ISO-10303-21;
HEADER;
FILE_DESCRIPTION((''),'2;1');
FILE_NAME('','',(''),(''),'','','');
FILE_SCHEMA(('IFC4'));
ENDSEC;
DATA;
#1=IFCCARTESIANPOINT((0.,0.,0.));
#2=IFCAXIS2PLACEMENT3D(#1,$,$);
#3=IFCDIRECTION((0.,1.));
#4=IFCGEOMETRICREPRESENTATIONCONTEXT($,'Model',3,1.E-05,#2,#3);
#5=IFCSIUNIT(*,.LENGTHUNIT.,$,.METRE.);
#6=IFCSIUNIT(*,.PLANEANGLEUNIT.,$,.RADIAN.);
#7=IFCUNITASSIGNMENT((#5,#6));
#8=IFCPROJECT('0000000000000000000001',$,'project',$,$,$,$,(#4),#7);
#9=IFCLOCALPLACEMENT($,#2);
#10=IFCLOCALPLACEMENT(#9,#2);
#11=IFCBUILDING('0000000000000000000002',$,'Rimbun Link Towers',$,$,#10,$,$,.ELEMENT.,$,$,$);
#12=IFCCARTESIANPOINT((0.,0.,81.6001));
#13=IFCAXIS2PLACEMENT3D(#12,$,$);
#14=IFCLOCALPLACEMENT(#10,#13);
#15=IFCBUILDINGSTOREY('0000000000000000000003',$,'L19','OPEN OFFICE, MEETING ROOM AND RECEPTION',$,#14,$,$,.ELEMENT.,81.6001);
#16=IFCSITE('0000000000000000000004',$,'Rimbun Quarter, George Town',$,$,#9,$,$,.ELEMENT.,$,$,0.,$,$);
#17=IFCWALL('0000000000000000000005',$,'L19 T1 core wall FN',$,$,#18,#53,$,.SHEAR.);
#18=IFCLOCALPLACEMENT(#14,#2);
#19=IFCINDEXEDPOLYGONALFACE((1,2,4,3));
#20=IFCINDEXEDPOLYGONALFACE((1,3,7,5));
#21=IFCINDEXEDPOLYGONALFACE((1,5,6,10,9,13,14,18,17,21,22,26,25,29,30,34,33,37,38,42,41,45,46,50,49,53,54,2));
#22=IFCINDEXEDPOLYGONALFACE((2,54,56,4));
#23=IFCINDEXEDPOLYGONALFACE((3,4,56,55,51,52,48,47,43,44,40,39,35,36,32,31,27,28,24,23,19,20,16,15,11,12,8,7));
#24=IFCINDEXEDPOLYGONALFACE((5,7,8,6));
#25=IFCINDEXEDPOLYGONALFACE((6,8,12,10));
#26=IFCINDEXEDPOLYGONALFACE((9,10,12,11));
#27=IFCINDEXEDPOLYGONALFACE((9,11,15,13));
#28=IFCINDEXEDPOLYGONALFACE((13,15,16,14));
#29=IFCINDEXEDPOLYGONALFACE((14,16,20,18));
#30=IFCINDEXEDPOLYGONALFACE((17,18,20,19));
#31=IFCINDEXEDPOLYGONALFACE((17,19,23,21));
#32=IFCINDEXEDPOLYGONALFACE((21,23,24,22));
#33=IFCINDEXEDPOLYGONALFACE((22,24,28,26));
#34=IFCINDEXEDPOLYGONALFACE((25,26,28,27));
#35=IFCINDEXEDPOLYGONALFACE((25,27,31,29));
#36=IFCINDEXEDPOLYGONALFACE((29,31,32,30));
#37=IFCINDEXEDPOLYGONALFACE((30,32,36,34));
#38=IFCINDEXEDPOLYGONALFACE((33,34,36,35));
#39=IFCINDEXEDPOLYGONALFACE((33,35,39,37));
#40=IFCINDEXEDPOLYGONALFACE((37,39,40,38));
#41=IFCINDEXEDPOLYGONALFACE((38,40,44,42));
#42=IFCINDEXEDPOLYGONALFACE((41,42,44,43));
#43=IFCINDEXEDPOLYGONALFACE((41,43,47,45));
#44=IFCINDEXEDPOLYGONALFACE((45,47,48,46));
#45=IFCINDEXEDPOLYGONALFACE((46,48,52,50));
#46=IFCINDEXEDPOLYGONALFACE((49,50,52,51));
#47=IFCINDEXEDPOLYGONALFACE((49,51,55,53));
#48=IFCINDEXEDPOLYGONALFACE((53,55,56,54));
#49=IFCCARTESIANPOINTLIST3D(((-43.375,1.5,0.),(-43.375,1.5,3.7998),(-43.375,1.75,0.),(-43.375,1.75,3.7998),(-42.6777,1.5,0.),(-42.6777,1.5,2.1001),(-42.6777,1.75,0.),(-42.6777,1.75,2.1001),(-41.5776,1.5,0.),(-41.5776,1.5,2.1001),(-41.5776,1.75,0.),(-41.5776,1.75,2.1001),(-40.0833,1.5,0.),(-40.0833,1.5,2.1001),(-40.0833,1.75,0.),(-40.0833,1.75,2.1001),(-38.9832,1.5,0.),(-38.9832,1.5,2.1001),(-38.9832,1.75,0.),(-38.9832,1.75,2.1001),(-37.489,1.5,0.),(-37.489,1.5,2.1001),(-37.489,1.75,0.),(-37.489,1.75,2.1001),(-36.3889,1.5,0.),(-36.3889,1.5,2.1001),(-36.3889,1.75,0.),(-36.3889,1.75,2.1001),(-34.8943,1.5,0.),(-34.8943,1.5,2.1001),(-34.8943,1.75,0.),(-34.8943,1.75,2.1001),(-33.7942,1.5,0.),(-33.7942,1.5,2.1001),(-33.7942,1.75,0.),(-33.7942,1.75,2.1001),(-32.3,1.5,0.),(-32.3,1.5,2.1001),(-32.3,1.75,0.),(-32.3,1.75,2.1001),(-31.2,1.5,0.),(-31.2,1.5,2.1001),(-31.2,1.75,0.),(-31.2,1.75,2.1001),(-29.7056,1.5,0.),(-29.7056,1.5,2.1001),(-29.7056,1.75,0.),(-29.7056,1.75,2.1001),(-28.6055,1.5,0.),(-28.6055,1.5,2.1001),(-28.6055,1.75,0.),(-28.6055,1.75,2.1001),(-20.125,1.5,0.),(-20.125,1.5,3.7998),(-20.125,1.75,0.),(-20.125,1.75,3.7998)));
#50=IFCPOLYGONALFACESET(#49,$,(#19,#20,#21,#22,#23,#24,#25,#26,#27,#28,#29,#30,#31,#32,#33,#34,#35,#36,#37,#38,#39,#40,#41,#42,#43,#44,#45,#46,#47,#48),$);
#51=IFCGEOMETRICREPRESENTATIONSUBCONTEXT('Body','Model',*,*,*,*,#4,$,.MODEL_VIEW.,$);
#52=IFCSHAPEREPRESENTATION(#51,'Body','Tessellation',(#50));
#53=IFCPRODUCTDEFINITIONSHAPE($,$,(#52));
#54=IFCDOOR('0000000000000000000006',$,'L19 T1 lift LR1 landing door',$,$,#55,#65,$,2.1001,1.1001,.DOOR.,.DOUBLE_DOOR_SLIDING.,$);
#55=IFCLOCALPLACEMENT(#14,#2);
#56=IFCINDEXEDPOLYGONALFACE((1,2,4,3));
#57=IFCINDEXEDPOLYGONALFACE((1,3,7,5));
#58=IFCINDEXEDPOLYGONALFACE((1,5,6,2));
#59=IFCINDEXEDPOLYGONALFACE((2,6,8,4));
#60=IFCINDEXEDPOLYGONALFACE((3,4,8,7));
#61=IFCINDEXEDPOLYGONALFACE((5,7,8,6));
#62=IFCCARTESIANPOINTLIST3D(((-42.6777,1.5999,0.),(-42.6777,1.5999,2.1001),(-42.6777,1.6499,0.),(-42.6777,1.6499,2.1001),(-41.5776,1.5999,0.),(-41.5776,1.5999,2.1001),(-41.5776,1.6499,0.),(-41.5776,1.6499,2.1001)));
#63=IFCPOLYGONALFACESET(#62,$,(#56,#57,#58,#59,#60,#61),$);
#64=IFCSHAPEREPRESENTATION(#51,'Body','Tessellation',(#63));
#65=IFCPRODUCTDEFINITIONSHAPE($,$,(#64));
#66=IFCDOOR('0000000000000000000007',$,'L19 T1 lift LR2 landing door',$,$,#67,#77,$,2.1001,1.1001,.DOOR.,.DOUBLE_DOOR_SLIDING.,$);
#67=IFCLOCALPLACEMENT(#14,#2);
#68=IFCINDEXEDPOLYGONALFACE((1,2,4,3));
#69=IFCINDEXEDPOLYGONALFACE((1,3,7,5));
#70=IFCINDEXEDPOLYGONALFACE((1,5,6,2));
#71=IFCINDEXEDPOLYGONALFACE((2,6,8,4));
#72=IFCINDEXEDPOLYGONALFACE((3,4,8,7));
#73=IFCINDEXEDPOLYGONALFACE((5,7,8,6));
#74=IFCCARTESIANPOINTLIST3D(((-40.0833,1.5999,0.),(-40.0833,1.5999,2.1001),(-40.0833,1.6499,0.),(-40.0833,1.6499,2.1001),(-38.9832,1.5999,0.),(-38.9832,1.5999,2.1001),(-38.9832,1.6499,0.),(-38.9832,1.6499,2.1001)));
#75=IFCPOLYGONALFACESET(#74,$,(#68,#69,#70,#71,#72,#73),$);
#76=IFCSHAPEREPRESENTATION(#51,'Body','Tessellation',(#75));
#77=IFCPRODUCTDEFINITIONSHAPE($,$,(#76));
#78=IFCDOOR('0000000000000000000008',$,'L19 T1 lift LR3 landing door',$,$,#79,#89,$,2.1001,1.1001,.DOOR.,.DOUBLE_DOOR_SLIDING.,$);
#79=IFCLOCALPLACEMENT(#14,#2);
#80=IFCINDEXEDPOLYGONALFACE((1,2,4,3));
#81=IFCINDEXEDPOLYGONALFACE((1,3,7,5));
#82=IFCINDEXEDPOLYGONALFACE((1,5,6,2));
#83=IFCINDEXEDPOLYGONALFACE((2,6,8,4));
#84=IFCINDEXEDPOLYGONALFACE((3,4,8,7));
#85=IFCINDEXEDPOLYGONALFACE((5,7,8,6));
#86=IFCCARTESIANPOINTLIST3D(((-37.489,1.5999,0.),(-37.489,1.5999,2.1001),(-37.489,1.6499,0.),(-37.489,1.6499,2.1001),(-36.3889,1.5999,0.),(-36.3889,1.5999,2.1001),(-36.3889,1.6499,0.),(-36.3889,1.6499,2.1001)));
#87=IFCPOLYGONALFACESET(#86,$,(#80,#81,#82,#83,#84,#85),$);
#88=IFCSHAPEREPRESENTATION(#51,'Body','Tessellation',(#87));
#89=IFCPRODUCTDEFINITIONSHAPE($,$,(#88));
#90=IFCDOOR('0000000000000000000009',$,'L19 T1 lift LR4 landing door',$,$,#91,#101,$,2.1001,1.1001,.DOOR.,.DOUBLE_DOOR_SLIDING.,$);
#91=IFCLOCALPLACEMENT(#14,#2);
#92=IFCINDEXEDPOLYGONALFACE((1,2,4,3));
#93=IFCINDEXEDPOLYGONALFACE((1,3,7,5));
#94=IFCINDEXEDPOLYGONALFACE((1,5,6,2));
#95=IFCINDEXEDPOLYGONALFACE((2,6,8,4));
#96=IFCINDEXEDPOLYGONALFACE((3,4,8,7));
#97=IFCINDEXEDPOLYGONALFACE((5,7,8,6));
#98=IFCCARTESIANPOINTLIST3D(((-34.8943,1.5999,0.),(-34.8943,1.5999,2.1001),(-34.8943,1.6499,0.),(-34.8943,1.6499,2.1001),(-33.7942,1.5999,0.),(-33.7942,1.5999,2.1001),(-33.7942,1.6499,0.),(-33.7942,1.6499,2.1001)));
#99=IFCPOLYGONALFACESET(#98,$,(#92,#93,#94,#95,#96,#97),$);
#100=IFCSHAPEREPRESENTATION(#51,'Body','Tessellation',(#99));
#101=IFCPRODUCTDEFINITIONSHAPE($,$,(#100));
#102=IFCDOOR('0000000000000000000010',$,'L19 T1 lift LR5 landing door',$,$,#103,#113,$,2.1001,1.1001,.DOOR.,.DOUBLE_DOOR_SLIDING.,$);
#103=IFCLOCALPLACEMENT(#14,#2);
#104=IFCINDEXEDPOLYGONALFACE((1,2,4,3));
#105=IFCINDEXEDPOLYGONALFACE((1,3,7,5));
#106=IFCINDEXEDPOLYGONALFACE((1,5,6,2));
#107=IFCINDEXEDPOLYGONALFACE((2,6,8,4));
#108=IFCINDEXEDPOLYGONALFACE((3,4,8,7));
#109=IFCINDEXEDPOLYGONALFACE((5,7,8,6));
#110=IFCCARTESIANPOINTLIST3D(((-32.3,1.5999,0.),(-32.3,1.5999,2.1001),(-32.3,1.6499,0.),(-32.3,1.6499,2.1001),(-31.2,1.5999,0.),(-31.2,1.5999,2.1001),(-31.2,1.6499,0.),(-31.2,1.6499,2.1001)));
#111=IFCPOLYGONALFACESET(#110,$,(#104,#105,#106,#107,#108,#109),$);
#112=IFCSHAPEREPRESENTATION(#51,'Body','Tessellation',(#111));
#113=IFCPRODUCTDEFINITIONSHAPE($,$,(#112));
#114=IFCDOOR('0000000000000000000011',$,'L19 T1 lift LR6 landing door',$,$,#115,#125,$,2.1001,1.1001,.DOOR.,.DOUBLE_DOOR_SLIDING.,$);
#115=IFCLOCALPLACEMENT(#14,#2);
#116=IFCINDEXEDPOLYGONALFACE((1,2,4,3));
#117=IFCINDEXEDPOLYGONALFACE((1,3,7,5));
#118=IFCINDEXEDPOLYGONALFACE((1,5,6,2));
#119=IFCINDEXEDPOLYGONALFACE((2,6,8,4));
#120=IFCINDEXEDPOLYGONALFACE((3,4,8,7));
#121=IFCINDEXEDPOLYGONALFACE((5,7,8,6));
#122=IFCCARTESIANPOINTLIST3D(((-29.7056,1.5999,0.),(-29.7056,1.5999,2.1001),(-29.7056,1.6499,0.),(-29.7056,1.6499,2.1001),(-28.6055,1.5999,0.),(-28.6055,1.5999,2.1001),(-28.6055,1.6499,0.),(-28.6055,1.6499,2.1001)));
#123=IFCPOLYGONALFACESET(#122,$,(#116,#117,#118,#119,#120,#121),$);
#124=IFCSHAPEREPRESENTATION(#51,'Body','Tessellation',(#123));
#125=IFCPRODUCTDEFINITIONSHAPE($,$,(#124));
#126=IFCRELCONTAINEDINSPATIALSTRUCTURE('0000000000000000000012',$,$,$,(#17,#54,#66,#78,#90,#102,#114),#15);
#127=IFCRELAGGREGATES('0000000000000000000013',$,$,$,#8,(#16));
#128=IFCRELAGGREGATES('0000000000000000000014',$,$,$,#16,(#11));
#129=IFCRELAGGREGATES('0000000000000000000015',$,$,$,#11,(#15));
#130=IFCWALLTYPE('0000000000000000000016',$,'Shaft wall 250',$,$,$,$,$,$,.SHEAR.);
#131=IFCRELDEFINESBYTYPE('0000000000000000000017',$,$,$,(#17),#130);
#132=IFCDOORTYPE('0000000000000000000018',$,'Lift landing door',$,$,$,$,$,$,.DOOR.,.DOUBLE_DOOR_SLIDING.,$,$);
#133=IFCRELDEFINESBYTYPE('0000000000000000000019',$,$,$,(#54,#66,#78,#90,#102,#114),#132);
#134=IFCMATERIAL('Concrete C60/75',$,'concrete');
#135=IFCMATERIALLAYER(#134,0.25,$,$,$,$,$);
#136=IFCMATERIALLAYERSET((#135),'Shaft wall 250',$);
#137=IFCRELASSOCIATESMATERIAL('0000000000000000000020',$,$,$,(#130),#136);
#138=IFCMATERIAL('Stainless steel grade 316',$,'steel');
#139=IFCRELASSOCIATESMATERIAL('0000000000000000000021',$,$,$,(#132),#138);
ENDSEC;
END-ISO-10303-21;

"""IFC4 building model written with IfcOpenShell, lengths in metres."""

from ifc_helpers import new_model, si_unit, direction, frame, frame_2d, origin, place, context, subcontext, project, spatial, rectangle, extrude, material, layer, layer_set, type_object, element, fill, save


model = new_model("IFC4")

# Units and contexts
model_context = context("Model", 3, precision=1e-05, world=origin(), true_north=direction((0.0, 1.0)))
body_context = subcontext(model_context, "Body", "Model", "MODEL_VIEW")
ifc_project = project(units=[si_unit("LENGTHUNIT", "METRE"), si_unit("PLANEANGLEUNIT", "RADIAN")], contexts=[model_context])

# Site, building, storey
site_placement = place(None, origin())
site = spatial("IfcSite", under=ifc_project, at=site_placement, Name="Rimbun Quarter, George Town", CompositionType="ELEMENT", RefElevation=0.0)
building_placement = place(site_placement, origin())
building = spatial("IfcBuilding", under=site, at=building_placement, Name="Rimbun Link Towers", CompositionType="ELEMENT")
storey_placement = place(building_placement, frame((0.0, 0.0, 81.6001)))
storey = spatial("IfcBuildingStorey", under=building, at=storey_placement, Name="L19", Description="OPEN OFFICE, MEETING ROOM AND RECEPTION", CompositionType="ELEMENT", Elevation=81.6001)

# Shared definitions
ifc_material_1 = material(Name="Concrete C60/75", Category="concrete")
ifc_layer_1 = layer(ifc_material_1, 0.25)
ifc_layer_set_1 = layer_set([ifc_layer_1], Name="Shaft wall 250")
wall_type_1 = type_object("IfcWallType", Name="Shaft wall 250", PredefinedType="SHEAR", material=ifc_layer_set_1)

# Wall, openings, doors
wall_1_placement = place(storey_placement, frame((-43.375, 1.625, 0.0), z_axis=(0.0, 0.0, 1.0), x_axis=(1.0, 0.0, 0.0)))
wall_1 = element("IfcWall", 1, at=wall_1_placement, inside=storey, type_object=wall_type_1, Name="L19 T1 core wall FN", PredefinedType="SHEAR", context=body_context, shape_type="SweptSolid", body=[
    extrude(rectangle(XDim=23.25, YDim=0.25, at=frame_2d((11.625, 0.0))), origin(), (0.0, 0.0, 1.0), 3.7998),
])
opening_1_placement = place(wall_1_placement, frame((0.6973, 0.0, 0.0)))
opening_1 = element("IfcOpeningElement", 2, at=opening_1_placement, cuts=wall_1, PredefinedType="OPENING", context=body_context, shape_type="SweptSolid", body=[
    extrude(rectangle(XDim=1.1001, YDim=2.1001, at=frame_2d((0.55, 1.05))), frame((0.0, 0.135, 0.0), z_axis=(0.0, -1.0, 0.0), x_axis=(1.0, 0.0, 0.0)), (0.0, 0.0, 1.0), 0.27),
])
opening_2_placement = place(wall_1_placement, frame((3.2917, 0.0, 0.0)))
opening_2 = element("IfcOpeningElement", 3, at=opening_2_placement, cuts=wall_1, PredefinedType="OPENING", context=body_context, shape_type="SweptSolid", body=[
    extrude(rectangle(XDim=1.1001, YDim=2.1001, at=frame_2d((0.55, 1.05))), frame((0.0, 0.135, 0.0), z_axis=(0.0, -1.0, 0.0), x_axis=(1.0, 0.0, 0.0)), (0.0, 0.0, 1.0), 0.27),
])
opening_3_placement = place(wall_1_placement, frame((5.886, 0.0, 0.0)))
opening_3 = element("IfcOpeningElement", 4, at=opening_3_placement, cuts=wall_1, PredefinedType="OPENING", context=body_context, shape_type="SweptSolid", body=[
    extrude(rectangle(XDim=1.1001, YDim=2.1001, at=frame_2d((0.55, 1.05))), frame((0.0, 0.135, 0.0), z_axis=(0.0, -1.0, 0.0), x_axis=(1.0, 0.0, 0.0)), (0.0, 0.0, 1.0), 0.27),
])
opening_4_placement = place(wall_1_placement, frame((8.4807, 0.0, 0.0)))
opening_4 = element("IfcOpeningElement", 5, at=opening_4_placement, cuts=wall_1, PredefinedType="OPENING", context=body_context, shape_type="SweptSolid", body=[
    extrude(rectangle(XDim=1.1001, YDim=2.1001, at=frame_2d((0.55, 1.05))), frame((0.0, 0.135, 0.0), z_axis=(0.0, -1.0, 0.0), x_axis=(1.0, 0.0, 0.0)), (0.0, 0.0, 1.0), 0.27),
])
opening_5_placement = place(wall_1_placement, frame((11.075, 0.0, 0.0)))
opening_5 = element("IfcOpeningElement", 6, at=opening_5_placement, cuts=wall_1, PredefinedType="OPENING", context=body_context, shape_type="SweptSolid", body=[
    extrude(rectangle(XDim=1.1001, YDim=2.1001, at=frame_2d((0.55, 1.05))), frame((0.0, 0.135, 0.0), z_axis=(0.0, -1.0, 0.0), x_axis=(1.0, 0.0, 0.0)), (0.0, 0.0, 1.0), 0.27),
])
opening_6_placement = place(wall_1_placement, frame((13.6694, 0.0, 0.0)))
opening_6 = element("IfcOpeningElement", 7, at=opening_6_placement, cuts=wall_1, PredefinedType="OPENING", context=body_context, shape_type="SweptSolid", body=[
    extrude(rectangle(XDim=1.1001, YDim=2.1001, at=frame_2d((0.55, 1.05))), frame((0.0, 0.135, 0.0), z_axis=(0.0, -1.0, 0.0), x_axis=(1.0, 0.0, 0.0)), (0.0, 0.0, 1.0), 0.27),
])
ifc_material_2 = material(Name="Stainless steel grade 316", Category="steel")
door_type_1 = type_object("IfcDoorType", Name="Lift landing door", OperationType="DOUBLE_DOOR_SLIDING", PredefinedType="DOOR", material=ifc_material_2)
door_1_placement = place(opening_1_placement, origin())
door_1 = element("IfcDoor", 8, at=door_1_placement, inside=storey, type_object=door_type_1, Name="L19 T1 lift LR1 landing door", OperationType="DOUBLE_DOOR_SLIDING", OverallHeight=2.1001, OverallWidth=1.1001, PredefinedType="DOOR", context=body_context, shape_type="SweptSolid", body=[
    extrude(rectangle(XDim=1.1001, YDim=2.1001, at=frame_2d((0.55, 1.05))), frame((0.0, 0.0249, 0.0), z_axis=(0.0, -1.0, 0.0), x_axis=(1.0, 0.0, 0.0)), (0.0, 0.0, 1.0), 0.05),
])
fill(opening_1, door_1)
door_2_placement = place(opening_2_placement, origin())
door_2 = element("IfcDoor", 9, at=door_2_placement, inside=storey, type_object=door_type_1, Name="L19 T1 lift LR2 landing door", OperationType="DOUBLE_DOOR_SLIDING", OverallHeight=2.1001, OverallWidth=1.1001, PredefinedType="DOOR", context=body_context, shape_type="SweptSolid", body=[
    extrude(rectangle(XDim=1.1001, YDim=2.1001, at=frame_2d((0.55, 1.05))), frame((0.0, 0.0249, 0.0), z_axis=(0.0, -1.0, 0.0), x_axis=(1.0, 0.0, 0.0)), (0.0, 0.0, 1.0), 0.05),
])
fill(opening_2, door_2)
door_3_placement = place(opening_3_placement, origin())
door_3 = element("IfcDoor", 10, at=door_3_placement, inside=storey, type_object=door_type_1, Name="L19 T1 lift LR3 landing door", OperationType="DOUBLE_DOOR_SLIDING", OverallHeight=2.1001, OverallWidth=1.1001, PredefinedType="DOOR", context=body_context, shape_type="SweptSolid", body=[
    extrude(rectangle(XDim=1.1001, YDim=2.1001, at=frame_2d((0.55, 1.05))), frame((0.0, 0.0249, 0.0), z_axis=(0.0, -1.0, 0.0), x_axis=(1.0, 0.0, 0.0)), (0.0, 0.0, 1.0), 0.05),
])
fill(opening_3, door_3)
door_4_placement = place(opening_4_placement, origin())
door_4 = element("IfcDoor", 11, at=door_4_placement, inside=storey, type_object=door_type_1, Name="L19 T1 lift LR4 landing door", OperationType="DOUBLE_DOOR_SLIDING", OverallHeight=2.1001, OverallWidth=1.1001, PredefinedType="DOOR", context=body_context, shape_type="SweptSolid", body=[
    extrude(rectangle(XDim=1.1001, YDim=2.1001, at=frame_2d((0.55, 1.05))), frame((0.0, 0.0249, 0.0), z_axis=(0.0, -1.0, 0.0), x_axis=(1.0, 0.0, 0.0)), (0.0, 0.0, 1.0), 0.05),
])
fill(opening_4, door_4)
door_5_placement = place(opening_5_placement, origin())
door_5 = element("IfcDoor", 12, at=door_5_placement, inside=storey, type_object=door_type_1, Name="L19 T1 lift LR5 landing door", OperationType="DOUBLE_DOOR_SLIDING", OverallHeight=2.1001, OverallWidth=1.1001, PredefinedType="DOOR", context=body_context, shape_type="SweptSolid", body=[
    extrude(rectangle(XDim=1.1001, YDim=2.1001, at=frame_2d((0.55, 1.05))), frame((0.0, 0.0249, 0.0), z_axis=(0.0, -1.0, 0.0), x_axis=(1.0, 0.0, 0.0)), (0.0, 0.0, 1.0), 0.05),
])
fill(opening_5, door_5)
door_6_placement = place(opening_6_placement, origin())
door_6 = element("IfcDoor", 13, at=door_6_placement, inside=storey, type_object=door_type_1, Name="L19 T1 lift LR6 landing door", OperationType="DOUBLE_DOOR_SLIDING", OverallHeight=2.1001, OverallWidth=1.1001, PredefinedType="DOOR", context=body_context, shape_type="SweptSolid", body=[
    extrude(rectangle(XDim=1.1001, YDim=2.1001, at=frame_2d((0.55, 1.05))), frame((0.0, 0.0249, 0.0), z_axis=(0.0, -1.0, 0.0), x_axis=(1.0, 0.0, 0.0)), (0.0, 0.0, 1.0), 0.05),
])
fill(opening_6, door_6)

save(model, "model.ifc")
